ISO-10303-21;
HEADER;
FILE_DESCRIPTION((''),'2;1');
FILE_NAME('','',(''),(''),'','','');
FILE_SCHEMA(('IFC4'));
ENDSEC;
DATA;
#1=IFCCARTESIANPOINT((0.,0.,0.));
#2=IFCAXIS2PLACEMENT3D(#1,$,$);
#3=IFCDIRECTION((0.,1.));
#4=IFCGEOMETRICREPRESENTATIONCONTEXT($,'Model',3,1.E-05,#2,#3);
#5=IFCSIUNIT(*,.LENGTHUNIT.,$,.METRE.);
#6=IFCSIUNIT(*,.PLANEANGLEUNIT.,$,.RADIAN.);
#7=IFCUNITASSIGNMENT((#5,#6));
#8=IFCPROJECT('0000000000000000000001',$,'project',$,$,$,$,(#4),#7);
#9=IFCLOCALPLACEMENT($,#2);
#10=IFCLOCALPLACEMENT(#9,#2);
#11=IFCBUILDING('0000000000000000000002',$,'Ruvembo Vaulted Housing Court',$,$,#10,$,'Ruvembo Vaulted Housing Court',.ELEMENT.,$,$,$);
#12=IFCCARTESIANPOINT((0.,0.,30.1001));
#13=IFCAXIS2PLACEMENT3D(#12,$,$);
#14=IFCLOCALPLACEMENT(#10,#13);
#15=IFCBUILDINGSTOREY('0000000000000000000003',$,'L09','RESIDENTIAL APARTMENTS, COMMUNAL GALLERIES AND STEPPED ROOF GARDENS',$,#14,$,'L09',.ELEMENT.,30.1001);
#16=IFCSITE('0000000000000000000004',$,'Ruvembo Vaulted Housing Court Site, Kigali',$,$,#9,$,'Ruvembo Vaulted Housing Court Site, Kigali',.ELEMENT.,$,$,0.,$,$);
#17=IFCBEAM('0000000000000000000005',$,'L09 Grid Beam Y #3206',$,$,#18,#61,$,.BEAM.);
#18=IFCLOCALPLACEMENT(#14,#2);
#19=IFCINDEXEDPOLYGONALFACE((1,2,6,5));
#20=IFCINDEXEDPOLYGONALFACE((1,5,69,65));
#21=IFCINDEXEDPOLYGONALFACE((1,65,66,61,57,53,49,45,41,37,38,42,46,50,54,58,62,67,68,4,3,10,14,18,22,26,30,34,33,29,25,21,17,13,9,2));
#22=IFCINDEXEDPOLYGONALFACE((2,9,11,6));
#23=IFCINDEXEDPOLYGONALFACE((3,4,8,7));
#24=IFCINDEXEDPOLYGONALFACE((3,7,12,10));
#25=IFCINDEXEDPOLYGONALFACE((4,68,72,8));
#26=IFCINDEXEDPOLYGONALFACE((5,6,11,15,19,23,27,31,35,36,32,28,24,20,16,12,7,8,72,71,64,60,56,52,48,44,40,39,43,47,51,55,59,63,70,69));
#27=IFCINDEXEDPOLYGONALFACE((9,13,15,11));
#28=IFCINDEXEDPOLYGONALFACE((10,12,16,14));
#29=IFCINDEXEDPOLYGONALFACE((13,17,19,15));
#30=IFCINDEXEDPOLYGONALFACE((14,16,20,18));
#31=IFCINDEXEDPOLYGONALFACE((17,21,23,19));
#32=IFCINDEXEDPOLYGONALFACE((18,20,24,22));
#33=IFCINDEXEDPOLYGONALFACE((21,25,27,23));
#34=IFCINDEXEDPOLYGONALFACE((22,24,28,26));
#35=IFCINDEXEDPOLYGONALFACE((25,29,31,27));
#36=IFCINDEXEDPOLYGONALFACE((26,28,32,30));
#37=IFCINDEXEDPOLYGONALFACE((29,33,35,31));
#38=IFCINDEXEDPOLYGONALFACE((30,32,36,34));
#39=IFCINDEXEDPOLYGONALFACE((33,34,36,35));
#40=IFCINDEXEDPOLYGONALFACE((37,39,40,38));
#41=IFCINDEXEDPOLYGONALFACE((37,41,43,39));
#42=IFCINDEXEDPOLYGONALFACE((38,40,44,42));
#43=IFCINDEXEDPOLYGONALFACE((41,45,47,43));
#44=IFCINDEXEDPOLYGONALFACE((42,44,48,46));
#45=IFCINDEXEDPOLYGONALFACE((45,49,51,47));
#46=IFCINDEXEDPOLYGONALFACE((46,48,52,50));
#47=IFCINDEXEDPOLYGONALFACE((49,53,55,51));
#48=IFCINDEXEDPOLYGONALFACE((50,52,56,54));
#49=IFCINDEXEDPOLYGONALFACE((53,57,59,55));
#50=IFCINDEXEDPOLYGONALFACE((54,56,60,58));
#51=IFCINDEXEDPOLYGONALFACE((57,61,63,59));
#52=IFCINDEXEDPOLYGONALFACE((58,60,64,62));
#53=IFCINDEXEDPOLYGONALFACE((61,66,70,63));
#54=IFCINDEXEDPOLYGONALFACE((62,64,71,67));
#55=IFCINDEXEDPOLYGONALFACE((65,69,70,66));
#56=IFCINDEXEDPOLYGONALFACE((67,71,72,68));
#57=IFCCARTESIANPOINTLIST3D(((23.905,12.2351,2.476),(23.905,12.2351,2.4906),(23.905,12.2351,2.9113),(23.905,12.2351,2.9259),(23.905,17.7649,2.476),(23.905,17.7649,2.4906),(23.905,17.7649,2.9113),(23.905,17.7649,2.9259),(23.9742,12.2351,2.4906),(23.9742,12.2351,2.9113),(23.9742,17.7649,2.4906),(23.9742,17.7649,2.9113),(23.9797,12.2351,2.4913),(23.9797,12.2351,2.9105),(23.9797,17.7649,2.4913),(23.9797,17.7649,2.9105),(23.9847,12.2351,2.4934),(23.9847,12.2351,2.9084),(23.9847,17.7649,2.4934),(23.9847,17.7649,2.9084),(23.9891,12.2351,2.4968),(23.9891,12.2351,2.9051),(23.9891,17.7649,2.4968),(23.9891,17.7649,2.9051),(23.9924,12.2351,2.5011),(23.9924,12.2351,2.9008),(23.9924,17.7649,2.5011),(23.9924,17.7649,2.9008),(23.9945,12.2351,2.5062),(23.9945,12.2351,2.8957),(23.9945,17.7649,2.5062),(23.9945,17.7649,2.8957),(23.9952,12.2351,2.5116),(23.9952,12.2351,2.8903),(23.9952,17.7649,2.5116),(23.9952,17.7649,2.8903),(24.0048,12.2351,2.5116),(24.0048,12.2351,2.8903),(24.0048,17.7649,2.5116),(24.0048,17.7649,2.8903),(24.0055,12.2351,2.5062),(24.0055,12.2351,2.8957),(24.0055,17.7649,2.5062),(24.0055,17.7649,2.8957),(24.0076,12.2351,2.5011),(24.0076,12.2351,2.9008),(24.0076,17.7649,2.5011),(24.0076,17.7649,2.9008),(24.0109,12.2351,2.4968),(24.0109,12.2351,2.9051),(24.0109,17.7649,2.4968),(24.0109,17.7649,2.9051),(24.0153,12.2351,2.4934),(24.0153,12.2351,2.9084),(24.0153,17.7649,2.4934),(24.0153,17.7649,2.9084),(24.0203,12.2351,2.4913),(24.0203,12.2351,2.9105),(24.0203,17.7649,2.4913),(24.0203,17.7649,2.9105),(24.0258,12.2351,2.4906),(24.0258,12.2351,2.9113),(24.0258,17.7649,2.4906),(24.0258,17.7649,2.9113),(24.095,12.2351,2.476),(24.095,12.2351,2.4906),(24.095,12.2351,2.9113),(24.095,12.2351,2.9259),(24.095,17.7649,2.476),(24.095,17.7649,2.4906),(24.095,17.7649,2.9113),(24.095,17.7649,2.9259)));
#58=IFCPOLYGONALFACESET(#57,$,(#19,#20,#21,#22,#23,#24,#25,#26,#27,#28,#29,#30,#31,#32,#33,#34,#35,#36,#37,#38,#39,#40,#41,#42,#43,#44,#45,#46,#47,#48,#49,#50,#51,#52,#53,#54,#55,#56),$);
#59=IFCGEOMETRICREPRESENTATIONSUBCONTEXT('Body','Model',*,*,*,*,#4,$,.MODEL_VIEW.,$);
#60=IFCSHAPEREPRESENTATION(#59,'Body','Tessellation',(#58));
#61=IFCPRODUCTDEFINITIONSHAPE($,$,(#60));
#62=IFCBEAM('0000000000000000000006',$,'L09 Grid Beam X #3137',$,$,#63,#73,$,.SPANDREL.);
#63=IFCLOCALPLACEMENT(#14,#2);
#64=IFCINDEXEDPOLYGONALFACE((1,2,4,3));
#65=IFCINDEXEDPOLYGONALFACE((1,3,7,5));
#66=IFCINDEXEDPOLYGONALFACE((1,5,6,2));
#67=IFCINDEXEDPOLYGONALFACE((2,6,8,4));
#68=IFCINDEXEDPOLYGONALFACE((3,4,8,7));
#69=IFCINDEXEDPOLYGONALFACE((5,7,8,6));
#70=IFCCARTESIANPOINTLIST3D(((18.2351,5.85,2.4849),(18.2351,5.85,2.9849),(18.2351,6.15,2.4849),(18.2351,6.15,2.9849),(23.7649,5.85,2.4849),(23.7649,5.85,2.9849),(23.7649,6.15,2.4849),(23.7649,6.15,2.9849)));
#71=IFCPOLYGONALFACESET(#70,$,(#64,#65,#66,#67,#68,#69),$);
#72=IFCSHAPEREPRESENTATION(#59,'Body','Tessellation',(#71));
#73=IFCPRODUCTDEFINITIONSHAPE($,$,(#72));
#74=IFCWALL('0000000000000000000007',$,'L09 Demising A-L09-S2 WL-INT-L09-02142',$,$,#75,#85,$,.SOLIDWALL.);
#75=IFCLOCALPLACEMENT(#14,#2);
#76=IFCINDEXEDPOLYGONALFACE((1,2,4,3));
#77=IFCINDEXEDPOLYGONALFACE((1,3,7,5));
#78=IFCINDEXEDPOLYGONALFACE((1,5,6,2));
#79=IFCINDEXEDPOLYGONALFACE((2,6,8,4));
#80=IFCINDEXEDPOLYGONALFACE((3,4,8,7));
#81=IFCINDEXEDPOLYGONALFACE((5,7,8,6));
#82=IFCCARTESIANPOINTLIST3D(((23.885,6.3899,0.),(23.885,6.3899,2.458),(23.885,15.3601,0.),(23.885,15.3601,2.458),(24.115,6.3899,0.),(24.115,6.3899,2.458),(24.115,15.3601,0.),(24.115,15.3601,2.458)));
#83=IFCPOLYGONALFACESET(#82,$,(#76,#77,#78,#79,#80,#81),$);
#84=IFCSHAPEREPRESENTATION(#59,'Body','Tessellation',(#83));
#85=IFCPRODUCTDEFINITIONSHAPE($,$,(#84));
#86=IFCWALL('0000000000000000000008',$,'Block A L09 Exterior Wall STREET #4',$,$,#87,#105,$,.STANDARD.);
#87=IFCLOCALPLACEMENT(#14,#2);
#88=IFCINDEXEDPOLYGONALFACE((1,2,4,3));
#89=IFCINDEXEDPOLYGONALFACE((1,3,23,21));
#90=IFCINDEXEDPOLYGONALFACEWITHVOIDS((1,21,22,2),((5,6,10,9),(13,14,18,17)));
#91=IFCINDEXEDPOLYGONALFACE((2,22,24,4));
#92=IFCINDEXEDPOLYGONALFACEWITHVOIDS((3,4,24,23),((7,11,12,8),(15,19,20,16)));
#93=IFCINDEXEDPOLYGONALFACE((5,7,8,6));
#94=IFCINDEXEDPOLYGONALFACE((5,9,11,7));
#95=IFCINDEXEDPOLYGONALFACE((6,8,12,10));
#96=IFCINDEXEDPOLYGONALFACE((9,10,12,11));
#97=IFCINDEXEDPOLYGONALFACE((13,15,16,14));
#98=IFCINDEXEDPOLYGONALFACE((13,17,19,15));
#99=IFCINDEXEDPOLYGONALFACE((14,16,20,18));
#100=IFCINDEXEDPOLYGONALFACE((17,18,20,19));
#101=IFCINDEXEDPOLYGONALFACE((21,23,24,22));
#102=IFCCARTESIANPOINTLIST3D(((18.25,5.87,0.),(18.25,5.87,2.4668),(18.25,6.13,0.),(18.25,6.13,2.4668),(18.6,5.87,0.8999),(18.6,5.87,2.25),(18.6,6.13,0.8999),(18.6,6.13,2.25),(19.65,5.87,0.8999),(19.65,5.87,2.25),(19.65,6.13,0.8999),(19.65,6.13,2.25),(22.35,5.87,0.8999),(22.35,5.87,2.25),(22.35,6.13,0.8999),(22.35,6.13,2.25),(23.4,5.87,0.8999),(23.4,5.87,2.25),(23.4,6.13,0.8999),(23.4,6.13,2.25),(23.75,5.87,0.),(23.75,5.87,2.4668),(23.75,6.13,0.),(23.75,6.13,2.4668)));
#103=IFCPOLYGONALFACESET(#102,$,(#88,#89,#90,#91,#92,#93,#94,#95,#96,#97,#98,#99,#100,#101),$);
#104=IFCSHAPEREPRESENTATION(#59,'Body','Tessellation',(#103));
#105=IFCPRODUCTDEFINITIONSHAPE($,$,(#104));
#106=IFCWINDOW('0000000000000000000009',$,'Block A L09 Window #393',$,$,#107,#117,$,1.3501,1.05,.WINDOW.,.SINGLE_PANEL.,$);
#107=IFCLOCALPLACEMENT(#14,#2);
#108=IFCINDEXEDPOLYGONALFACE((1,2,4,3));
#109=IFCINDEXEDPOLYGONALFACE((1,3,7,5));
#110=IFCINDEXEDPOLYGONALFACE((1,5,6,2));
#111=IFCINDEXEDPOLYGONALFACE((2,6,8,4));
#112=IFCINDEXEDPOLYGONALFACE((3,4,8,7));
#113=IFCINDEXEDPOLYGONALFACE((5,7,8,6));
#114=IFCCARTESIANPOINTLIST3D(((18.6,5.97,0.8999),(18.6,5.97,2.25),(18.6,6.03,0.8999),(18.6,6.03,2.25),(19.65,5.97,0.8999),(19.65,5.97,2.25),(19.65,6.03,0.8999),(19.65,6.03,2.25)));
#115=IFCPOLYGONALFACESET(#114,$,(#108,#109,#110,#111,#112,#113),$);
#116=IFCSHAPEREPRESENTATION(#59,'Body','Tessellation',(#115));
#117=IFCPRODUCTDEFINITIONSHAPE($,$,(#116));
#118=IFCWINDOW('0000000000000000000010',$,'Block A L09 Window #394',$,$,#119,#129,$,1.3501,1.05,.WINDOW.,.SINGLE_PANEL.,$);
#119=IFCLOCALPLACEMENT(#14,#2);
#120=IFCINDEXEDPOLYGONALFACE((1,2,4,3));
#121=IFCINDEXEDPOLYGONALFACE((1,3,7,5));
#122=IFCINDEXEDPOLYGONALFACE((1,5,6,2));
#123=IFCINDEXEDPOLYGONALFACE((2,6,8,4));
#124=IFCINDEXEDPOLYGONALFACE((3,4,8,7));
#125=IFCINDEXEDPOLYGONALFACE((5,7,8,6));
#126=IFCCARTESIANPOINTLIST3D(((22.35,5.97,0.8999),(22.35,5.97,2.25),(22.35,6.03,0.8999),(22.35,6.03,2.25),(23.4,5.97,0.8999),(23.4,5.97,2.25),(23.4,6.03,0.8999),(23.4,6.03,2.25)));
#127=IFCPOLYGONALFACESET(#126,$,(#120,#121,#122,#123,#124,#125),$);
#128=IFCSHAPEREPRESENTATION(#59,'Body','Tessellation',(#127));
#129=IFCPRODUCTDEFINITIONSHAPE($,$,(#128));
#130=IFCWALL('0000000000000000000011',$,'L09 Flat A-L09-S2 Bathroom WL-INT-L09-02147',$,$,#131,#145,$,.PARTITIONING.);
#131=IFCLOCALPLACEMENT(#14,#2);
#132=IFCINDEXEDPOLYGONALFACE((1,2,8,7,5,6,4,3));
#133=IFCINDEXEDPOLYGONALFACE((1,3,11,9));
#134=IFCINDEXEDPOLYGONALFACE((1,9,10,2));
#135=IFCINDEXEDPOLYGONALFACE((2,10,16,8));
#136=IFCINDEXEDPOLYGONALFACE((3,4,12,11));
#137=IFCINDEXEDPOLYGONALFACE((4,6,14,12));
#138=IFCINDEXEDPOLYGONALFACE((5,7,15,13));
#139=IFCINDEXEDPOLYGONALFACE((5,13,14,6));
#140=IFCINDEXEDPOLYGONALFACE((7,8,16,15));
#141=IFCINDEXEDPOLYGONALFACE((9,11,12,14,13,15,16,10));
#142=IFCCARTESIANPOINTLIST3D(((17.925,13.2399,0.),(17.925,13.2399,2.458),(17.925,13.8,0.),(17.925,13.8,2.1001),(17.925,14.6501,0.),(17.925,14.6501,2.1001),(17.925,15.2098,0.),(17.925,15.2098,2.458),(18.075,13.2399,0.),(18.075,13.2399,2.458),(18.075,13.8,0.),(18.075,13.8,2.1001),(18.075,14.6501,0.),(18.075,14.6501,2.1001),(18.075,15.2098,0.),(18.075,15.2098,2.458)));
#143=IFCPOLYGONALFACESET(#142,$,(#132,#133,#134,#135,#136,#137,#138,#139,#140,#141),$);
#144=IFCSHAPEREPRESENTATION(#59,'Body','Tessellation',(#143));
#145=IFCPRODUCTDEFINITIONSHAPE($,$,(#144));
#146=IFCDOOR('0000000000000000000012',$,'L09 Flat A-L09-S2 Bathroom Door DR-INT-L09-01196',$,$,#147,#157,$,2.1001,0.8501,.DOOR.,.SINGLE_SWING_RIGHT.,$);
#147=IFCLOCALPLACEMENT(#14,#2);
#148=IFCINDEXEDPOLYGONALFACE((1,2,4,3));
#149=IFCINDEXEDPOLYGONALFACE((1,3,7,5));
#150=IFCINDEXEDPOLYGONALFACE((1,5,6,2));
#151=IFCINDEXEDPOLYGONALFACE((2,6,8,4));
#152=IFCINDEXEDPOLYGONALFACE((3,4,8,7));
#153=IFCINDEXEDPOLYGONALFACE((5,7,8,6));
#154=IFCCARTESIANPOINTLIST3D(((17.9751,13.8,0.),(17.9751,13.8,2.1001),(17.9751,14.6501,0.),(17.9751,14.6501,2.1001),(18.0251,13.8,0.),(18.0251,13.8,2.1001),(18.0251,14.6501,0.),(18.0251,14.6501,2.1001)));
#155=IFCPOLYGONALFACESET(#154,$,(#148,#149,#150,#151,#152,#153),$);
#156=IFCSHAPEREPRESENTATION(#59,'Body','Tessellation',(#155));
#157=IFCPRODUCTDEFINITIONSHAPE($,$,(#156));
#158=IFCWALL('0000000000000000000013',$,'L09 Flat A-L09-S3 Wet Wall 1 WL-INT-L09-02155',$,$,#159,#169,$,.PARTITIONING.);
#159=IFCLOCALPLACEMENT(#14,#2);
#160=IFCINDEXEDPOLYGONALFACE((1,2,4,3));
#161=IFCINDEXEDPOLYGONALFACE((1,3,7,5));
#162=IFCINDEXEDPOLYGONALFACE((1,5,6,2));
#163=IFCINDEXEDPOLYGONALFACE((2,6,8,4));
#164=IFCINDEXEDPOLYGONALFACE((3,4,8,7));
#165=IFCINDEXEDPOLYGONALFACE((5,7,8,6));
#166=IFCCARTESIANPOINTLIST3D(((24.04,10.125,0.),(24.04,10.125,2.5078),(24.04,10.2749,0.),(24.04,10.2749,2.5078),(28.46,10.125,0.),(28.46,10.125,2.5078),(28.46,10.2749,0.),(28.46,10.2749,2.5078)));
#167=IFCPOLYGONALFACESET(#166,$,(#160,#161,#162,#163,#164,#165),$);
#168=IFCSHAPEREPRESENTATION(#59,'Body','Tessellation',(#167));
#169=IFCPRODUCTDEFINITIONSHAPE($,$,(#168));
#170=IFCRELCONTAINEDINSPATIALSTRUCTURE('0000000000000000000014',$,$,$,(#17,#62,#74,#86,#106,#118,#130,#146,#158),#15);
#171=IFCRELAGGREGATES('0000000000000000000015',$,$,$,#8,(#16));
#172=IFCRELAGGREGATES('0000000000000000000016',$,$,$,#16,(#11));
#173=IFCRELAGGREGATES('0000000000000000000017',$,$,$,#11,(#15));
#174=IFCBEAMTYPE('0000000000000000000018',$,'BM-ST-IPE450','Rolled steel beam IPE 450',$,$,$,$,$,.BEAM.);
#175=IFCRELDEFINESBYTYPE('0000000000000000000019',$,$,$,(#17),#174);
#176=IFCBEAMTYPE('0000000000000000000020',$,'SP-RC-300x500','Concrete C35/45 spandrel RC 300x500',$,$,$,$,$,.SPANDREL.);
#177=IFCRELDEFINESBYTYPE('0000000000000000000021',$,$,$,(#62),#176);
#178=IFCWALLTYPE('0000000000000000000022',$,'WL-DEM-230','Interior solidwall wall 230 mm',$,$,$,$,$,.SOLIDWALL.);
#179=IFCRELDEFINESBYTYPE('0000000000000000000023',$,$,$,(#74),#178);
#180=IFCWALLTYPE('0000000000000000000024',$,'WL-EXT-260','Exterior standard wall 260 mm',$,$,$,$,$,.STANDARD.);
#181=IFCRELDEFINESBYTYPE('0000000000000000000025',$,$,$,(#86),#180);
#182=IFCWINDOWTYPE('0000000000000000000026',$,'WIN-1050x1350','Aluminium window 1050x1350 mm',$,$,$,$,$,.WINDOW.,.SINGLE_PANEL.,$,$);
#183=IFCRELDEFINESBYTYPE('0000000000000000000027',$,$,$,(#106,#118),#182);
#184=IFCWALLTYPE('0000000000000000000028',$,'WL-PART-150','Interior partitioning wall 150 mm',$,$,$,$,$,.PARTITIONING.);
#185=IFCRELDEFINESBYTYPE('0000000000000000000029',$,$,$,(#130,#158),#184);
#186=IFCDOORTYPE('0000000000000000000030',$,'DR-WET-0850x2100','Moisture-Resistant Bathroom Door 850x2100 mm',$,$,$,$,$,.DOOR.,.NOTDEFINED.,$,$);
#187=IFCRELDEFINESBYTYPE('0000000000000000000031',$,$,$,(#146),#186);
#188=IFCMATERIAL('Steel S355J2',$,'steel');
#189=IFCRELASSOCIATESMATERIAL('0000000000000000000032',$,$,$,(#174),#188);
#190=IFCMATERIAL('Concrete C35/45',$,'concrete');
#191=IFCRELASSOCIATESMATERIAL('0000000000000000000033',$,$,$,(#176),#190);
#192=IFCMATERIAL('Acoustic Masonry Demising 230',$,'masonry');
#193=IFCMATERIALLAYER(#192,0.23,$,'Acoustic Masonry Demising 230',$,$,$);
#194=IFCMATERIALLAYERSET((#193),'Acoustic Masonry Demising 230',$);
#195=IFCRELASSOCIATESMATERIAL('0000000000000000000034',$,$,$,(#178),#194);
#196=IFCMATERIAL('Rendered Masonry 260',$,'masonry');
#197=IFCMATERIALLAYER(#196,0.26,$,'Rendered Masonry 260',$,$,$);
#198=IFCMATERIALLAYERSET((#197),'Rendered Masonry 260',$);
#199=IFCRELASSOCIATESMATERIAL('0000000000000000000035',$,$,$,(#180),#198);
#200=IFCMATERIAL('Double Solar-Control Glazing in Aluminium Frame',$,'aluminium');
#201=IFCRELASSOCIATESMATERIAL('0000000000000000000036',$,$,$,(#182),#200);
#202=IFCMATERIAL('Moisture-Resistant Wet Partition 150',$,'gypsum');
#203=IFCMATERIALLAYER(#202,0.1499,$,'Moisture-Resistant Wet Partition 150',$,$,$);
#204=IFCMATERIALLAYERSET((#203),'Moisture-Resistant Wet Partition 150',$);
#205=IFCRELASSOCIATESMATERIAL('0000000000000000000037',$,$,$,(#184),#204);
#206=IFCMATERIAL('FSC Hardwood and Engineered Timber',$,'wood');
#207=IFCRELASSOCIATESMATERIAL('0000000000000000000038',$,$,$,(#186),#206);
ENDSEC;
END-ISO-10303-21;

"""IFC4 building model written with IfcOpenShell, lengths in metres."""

from ifc_helpers import new_model, si_unit, direction, frame, frame_2d, origin, origin_2d, place, context, subcontext, project, spatial, rectangle, i_section, extrude, material, layer, layer_set, material_profile, profile_set, type_object, element, fill, save


model = new_model("IFC4")

# Units and contexts
model_context = context("Model", 3, precision=1e-05, world=origin(), true_north=direction((0.0, 1.0)))
body_context = subcontext(model_context, "Body", "Model", "MODEL_VIEW")
ifc_project = project(units=[si_unit("LENGTHUNIT", "METRE"), si_unit("PLANEANGLEUNIT", "RADIAN")], contexts=[model_context])

# Site, building, storey
site_placement = place(None, origin())
site = spatial("IfcSite", under=ifc_project, at=site_placement, Name="Ruvembo Vaulted Housing Court Site, Kigali", LongName="Ruvembo Vaulted Housing Court Site, Kigali", CompositionType="ELEMENT", RefElevation=0.0)
building_placement = place(site_placement, origin())
building = spatial("IfcBuilding", under=site, at=building_placement, Name="Ruvembo Vaulted Housing Court", LongName="Ruvembo Vaulted Housing Court", CompositionType="ELEMENT")
storey_placement = place(building_placement, frame((0.0, 0.0, 30.1001)))
storey = spatial("IfcBuildingStorey", under=building, at=storey_placement, Name="L09", Description="RESIDENTIAL APARTMENTS, COMMUNAL GALLERIES AND STEPPED ROOF GARDENS", LongName="L09", CompositionType="ELEMENT", Elevation=30.1001)

# Shared definitions
ifc_material_1 = material(Name="Concrete C35/45", Category="concrete")

# Beams
ifc_material_2 = material(Name="Steel S355J2", Category="steel")
ifc_material_profile_1 = material_profile(ifc_material_2, i_section(OverallWidth=0.1899, OverallDepth=0.45, WebThickness=0.0095, FlangeThickness=0.0146, FilletRadius=0.021, at=origin_2d()), Name="IPE 450")
ifc_profile_set_1 = profile_set([ifc_material_profile_1], Name="Steel S355J2")
beam_type_1 = type_object("IfcBeamType", Name="BM-ST-IPE450", Description="Rolled steel beam IPE 450", PredefinedType="BEAM", material=ifc_profile_set_1)
for number, where, z_axis, x_axis, name in (
    (1, (24.0, 12.2351, 2.7009), (0.0, 1.0, 0.0), (-1.0, 0.0, 0.0), "L09 Grid Beam Y #3206"),
):
    element("IfcBeam", number, at=place(storey_placement, frame(where, z_axis=z_axis, x_axis=x_axis)), inside=storey, type_object=beam_type_1, Name=name, PredefinedType="BEAM", context=body_context, shape_type="SweptSolid", body=[
        extrude(i_section(OverallWidth=0.1899, OverallDepth=0.45, WebThickness=0.0095, FlangeThickness=0.0146, FilletRadius=0.021, at=origin_2d()), origin(), (0.0, 0.0, 1.0), 5.5298),
    ])
ifc_material_profile_2 = material_profile(ifc_material_1, rectangle(XDim=0.3, YDim=0.5, at=origin_2d()), Name="RC 300x500")
ifc_profile_set_2 = profile_set([ifc_material_profile_2], Name="Concrete C35/45")
beam_type_2 = type_object("IfcBeamType", Name="SP-RC-300x500", Description="Concrete C35/45 spandrel RC 300x500", PredefinedType="SPANDREL", material=ifc_profile_set_2)
beam_1_placement = place(storey_placement, frame((18.2351, 6.0, 2.7349), z_axis=(1.0, 0.0, 0.0), x_axis=(0.0, 1.0, 0.0)))
element("IfcBeam", 2, at=beam_1_placement, inside=storey, type_object=beam_type_2, Name="L09 Grid Beam X #3137", PredefinedType="SPANDREL", context=body_context, shape_type="SweptSolid", body=[
    extrude(rectangle(XDim=0.3, YDim=0.5, at=origin_2d()), origin(), (0.0, 0.0, 1.0), 5.5298),
])

# Shared definitions
ifc_material_3 = material(Name="FSC Hardwood and Engineered Timber", Category="wood")

# Wall
ifc_material_4 = material(Name="Acoustic Masonry Demising 230", Category="masonry")
ifc_layer_1 = layer(ifc_material_4, 0.23, Name="Acoustic Masonry Demising 230")
ifc_layer_set_1 = layer_set([ifc_layer_1], Name="Acoustic Masonry Demising 230")
wall_type_1 = type_object("IfcWallType", Name="WL-DEM-230", Description="Interior solidwall wall 230 mm", PredefinedType="SOLIDWALL", material=ifc_layer_set_1)
wall_1_placement = place(storey_placement, frame((24.0, 6.3899, 0.0), z_axis=(0.0, 0.0, 1.0), x_axis=(0.0, 1.0, 0.0)))
element("IfcWall", 3, at=wall_1_placement, inside=storey, type_object=wall_type_1, Name="L09 Demising A-L09-S2 WL-INT-L09-02142", PredefinedType="SOLIDWALL", context=body_context, shape_type="SweptSolid", body=[
    extrude(rectangle(XDim=8.9702, YDim=0.23, at=frame_2d((4.4851, 0.0))), origin(), (0.0, 0.0, 1.0), 2.458),
])

# Wall, openings, windows
ifc_material_5 = material(Name="Rendered Masonry 260", Category="masonry")
ifc_layer_2 = layer(ifc_material_5, 0.26, Name="Rendered Masonry 260")
ifc_layer_set_2 = layer_set([ifc_layer_2], Name="Rendered Masonry 260")
wall_type_2 = type_object("IfcWallType", Name="WL-EXT-260", Description="Exterior standard wall 260 mm", PredefinedType="STANDARD", material=ifc_layer_set_2)
wall_2_placement = place(storey_placement, frame((18.25, 6.0, 0.0), z_axis=(0.0, 0.0, 1.0), x_axis=(1.0, 0.0, 0.0)))
wall_2 = element("IfcWall", 4, at=wall_2_placement, inside=storey, type_object=wall_type_2, Name="Block A L09 Exterior Wall STREET #4", PredefinedType="STANDARD", context=body_context, shape_type="SweptSolid", body=[
    extrude(rectangle(XDim=5.5, YDim=0.26, at=frame_2d((2.75, 0.0))), origin(), (0.0, 0.0, 1.0), 2.4668),
])
opening_1_placement = place(wall_2_placement, frame((0.3501, 0.0, 0.8999)))
opening_1 = element("IfcOpeningElement", 5, at=opening_1_placement, cuts=wall_2, PredefinedType="OPENING", context=body_context, shape_type="SweptSolid", body=[
    extrude(rectangle(XDim=1.05, YDim=1.3501, at=frame_2d((0.5249, 0.675))), frame((0.0, 0.1399, 0.0), z_axis=(0.0, -1.0, 0.0), x_axis=(1.0, 0.0, 0.0)), (0.0, 0.0, 1.0), 0.28),
])
opening_2_placement = place(wall_2_placement, frame((4.1001, 0.0, 0.8999)))
opening_2 = element("IfcOpeningElement", 6, at=opening_2_placement, cuts=wall_2, PredefinedType="OPENING", context=body_context, shape_type="SweptSolid", body=[
    extrude(rectangle(XDim=1.05, YDim=1.3501, at=frame_2d((0.5249, 0.675))), frame((0.0, 0.1399, 0.0), z_axis=(0.0, -1.0, 0.0), x_axis=(1.0, 0.0, 0.0)), (0.0, 0.0, 1.0), 0.28),
])
ifc_material_6 = material(Name="Double Solar-Control Glazing in Aluminium Frame", Category="aluminium")
window_type = type_object("IfcWindowType", Name="WIN-1050x1350", Description="Aluminium window 1050x1350 mm", PartitioningType="SINGLE_PANEL", PredefinedType="WINDOW", material=ifc_material_6)
window_1_placement = place(opening_1_placement, origin())
window_1 = element("IfcWindow", 7, at=window_1_placement, inside=storey, type_object=window_type, Name="Block A L09 Window #393", OverallHeight=1.3501, OverallWidth=1.05, PartitioningType="SINGLE_PANEL", PredefinedType="WINDOW", context=body_context, shape_type="SweptSolid", body=[
    extrude(rectangle(XDim=1.05, YDim=1.3501, at=frame_2d((0.5249, 0.675))), frame((0.0, 0.03, 0.0), z_axis=(0.0, -1.0, 0.0), x_axis=(1.0, 0.0, 0.0)), (0.0, 0.0, 1.0), 0.0601),
])
fill(opening_1, window_1)
window_2_placement = place(opening_2_placement, origin())
window_2 = element("IfcWindow", 8, at=window_2_placement, inside=storey, type_object=window_type, Name="Block A L09 Window #394", OverallHeight=1.3501, OverallWidth=1.05, PartitioningType="SINGLE_PANEL", PredefinedType="WINDOW", context=body_context, shape_type="SweptSolid", body=[
    extrude(rectangle(XDim=1.05, YDim=1.3501, at=frame_2d((0.5249, 0.675))), frame((0.0, 0.03, 0.0), z_axis=(0.0, -1.0, 0.0), x_axis=(1.0, 0.0, 0.0)), (0.0, 0.0, 1.0), 0.0601),
])
fill(opening_2, window_2)

# Wall, opening, door
ifc_material_7 = material(Name="Moisture-Resistant Wet Partition 150", Category="gypsum")
ifc_layer_3 = layer(ifc_material_7, 0.1499, Name="Moisture-Resistant Wet Partition 150")
ifc_layer_set_3 = layer_set([ifc_layer_3], Name="Moisture-Resistant Wet Partition 150")
wall_type_3 = type_object("IfcWallType", Name="WL-PART-150", Description="Interior partitioning wall 150 mm", PredefinedType="PARTITIONING", material=ifc_layer_set_3)
wall_3_placement = place(storey_placement, frame((18.0, 13.24, 0.0), z_axis=(0.0, 0.0, 1.0), x_axis=(0.0, 1.0, 0.0)))
wall_3 = element("IfcWall", 9, at=wall_3_placement, inside=storey, type_object=wall_type_3, Name="L09 Flat A-L09-S2 Bathroom WL-INT-L09-02147", PredefinedType="PARTITIONING", context=body_context, shape_type="SweptSolid", body=[
    extrude(rectangle(XDim=1.97, YDim=0.1499, at=frame_2d((0.9849, 0.0))), origin(), (0.0, 0.0, 1.0), 2.458),
])
opening_3_placement = place(wall_3_placement, frame((0.5601, 0.0, 0.0)))
opening_3 = element("IfcOpeningElement", 10, at=opening_3_placement, cuts=wall_3, PredefinedType="OPENING", context=body_context, shape_type="SweptSolid", body=[
    extrude(rectangle(XDim=0.8501, YDim=2.1001, at=frame_2d((0.425, 1.05))), frame((0.0, 0.085, 0.0), z_axis=(0.0, -1.0, 0.0), x_axis=(1.0, 0.0, 0.0)), (0.0, 0.0, 1.0), 0.1699),
])
door_type_1 = type_object("IfcDoorType", Name="DR-WET-0850x2100", Description="Moisture-Resistant Bathroom Door 850x2100 mm", OperationType="NOTDEFINED", PredefinedType="DOOR", material=ifc_material_3)
door_1_placement = place(opening_3_placement, origin())
door_1 = element("IfcDoor", 11, at=door_1_placement, inside=storey, type_object=door_type_1, Name="L09 Flat A-L09-S2 Bathroom Door DR-INT-L09-01196", OperationType="SINGLE_SWING_RIGHT", OverallHeight=2.1001, OverallWidth=0.8501, PredefinedType="DOOR", context=body_context, shape_type="SweptSolid", body=[
    extrude(rectangle(XDim=0.8501, YDim=2.1001, at=frame_2d((0.425, 1.05))), frame((0.0, 0.0249, 0.0), z_axis=(0.0, -1.0, 0.0), x_axis=(1.0, 0.0, 0.0)), (0.0, 0.0, 1.0), 0.05),
])
fill(opening_3, door_1)

# Wall
wall_4_placement = place(storey_placement, frame((24.04, 10.2, 0.0), z_axis=(0.0, 0.0, 1.0), x_axis=(1.0, 0.0, 0.0)))
element("IfcWall", 12, at=wall_4_placement, inside=storey, type_object=wall_type_3, Name="L09 Flat A-L09-S3 Wet Wall 1 WL-INT-L09-02155", PredefinedType="PARTITIONING", context=body_context, shape_type="SweptSolid", body=[
    extrude(rectangle(XDim=4.4199, YDim=0.1499, at=frame_2d((2.21, 0.0))), origin(), (0.0, 0.0, 1.0), 2.5078),
])

save(model, "model.ifc")
